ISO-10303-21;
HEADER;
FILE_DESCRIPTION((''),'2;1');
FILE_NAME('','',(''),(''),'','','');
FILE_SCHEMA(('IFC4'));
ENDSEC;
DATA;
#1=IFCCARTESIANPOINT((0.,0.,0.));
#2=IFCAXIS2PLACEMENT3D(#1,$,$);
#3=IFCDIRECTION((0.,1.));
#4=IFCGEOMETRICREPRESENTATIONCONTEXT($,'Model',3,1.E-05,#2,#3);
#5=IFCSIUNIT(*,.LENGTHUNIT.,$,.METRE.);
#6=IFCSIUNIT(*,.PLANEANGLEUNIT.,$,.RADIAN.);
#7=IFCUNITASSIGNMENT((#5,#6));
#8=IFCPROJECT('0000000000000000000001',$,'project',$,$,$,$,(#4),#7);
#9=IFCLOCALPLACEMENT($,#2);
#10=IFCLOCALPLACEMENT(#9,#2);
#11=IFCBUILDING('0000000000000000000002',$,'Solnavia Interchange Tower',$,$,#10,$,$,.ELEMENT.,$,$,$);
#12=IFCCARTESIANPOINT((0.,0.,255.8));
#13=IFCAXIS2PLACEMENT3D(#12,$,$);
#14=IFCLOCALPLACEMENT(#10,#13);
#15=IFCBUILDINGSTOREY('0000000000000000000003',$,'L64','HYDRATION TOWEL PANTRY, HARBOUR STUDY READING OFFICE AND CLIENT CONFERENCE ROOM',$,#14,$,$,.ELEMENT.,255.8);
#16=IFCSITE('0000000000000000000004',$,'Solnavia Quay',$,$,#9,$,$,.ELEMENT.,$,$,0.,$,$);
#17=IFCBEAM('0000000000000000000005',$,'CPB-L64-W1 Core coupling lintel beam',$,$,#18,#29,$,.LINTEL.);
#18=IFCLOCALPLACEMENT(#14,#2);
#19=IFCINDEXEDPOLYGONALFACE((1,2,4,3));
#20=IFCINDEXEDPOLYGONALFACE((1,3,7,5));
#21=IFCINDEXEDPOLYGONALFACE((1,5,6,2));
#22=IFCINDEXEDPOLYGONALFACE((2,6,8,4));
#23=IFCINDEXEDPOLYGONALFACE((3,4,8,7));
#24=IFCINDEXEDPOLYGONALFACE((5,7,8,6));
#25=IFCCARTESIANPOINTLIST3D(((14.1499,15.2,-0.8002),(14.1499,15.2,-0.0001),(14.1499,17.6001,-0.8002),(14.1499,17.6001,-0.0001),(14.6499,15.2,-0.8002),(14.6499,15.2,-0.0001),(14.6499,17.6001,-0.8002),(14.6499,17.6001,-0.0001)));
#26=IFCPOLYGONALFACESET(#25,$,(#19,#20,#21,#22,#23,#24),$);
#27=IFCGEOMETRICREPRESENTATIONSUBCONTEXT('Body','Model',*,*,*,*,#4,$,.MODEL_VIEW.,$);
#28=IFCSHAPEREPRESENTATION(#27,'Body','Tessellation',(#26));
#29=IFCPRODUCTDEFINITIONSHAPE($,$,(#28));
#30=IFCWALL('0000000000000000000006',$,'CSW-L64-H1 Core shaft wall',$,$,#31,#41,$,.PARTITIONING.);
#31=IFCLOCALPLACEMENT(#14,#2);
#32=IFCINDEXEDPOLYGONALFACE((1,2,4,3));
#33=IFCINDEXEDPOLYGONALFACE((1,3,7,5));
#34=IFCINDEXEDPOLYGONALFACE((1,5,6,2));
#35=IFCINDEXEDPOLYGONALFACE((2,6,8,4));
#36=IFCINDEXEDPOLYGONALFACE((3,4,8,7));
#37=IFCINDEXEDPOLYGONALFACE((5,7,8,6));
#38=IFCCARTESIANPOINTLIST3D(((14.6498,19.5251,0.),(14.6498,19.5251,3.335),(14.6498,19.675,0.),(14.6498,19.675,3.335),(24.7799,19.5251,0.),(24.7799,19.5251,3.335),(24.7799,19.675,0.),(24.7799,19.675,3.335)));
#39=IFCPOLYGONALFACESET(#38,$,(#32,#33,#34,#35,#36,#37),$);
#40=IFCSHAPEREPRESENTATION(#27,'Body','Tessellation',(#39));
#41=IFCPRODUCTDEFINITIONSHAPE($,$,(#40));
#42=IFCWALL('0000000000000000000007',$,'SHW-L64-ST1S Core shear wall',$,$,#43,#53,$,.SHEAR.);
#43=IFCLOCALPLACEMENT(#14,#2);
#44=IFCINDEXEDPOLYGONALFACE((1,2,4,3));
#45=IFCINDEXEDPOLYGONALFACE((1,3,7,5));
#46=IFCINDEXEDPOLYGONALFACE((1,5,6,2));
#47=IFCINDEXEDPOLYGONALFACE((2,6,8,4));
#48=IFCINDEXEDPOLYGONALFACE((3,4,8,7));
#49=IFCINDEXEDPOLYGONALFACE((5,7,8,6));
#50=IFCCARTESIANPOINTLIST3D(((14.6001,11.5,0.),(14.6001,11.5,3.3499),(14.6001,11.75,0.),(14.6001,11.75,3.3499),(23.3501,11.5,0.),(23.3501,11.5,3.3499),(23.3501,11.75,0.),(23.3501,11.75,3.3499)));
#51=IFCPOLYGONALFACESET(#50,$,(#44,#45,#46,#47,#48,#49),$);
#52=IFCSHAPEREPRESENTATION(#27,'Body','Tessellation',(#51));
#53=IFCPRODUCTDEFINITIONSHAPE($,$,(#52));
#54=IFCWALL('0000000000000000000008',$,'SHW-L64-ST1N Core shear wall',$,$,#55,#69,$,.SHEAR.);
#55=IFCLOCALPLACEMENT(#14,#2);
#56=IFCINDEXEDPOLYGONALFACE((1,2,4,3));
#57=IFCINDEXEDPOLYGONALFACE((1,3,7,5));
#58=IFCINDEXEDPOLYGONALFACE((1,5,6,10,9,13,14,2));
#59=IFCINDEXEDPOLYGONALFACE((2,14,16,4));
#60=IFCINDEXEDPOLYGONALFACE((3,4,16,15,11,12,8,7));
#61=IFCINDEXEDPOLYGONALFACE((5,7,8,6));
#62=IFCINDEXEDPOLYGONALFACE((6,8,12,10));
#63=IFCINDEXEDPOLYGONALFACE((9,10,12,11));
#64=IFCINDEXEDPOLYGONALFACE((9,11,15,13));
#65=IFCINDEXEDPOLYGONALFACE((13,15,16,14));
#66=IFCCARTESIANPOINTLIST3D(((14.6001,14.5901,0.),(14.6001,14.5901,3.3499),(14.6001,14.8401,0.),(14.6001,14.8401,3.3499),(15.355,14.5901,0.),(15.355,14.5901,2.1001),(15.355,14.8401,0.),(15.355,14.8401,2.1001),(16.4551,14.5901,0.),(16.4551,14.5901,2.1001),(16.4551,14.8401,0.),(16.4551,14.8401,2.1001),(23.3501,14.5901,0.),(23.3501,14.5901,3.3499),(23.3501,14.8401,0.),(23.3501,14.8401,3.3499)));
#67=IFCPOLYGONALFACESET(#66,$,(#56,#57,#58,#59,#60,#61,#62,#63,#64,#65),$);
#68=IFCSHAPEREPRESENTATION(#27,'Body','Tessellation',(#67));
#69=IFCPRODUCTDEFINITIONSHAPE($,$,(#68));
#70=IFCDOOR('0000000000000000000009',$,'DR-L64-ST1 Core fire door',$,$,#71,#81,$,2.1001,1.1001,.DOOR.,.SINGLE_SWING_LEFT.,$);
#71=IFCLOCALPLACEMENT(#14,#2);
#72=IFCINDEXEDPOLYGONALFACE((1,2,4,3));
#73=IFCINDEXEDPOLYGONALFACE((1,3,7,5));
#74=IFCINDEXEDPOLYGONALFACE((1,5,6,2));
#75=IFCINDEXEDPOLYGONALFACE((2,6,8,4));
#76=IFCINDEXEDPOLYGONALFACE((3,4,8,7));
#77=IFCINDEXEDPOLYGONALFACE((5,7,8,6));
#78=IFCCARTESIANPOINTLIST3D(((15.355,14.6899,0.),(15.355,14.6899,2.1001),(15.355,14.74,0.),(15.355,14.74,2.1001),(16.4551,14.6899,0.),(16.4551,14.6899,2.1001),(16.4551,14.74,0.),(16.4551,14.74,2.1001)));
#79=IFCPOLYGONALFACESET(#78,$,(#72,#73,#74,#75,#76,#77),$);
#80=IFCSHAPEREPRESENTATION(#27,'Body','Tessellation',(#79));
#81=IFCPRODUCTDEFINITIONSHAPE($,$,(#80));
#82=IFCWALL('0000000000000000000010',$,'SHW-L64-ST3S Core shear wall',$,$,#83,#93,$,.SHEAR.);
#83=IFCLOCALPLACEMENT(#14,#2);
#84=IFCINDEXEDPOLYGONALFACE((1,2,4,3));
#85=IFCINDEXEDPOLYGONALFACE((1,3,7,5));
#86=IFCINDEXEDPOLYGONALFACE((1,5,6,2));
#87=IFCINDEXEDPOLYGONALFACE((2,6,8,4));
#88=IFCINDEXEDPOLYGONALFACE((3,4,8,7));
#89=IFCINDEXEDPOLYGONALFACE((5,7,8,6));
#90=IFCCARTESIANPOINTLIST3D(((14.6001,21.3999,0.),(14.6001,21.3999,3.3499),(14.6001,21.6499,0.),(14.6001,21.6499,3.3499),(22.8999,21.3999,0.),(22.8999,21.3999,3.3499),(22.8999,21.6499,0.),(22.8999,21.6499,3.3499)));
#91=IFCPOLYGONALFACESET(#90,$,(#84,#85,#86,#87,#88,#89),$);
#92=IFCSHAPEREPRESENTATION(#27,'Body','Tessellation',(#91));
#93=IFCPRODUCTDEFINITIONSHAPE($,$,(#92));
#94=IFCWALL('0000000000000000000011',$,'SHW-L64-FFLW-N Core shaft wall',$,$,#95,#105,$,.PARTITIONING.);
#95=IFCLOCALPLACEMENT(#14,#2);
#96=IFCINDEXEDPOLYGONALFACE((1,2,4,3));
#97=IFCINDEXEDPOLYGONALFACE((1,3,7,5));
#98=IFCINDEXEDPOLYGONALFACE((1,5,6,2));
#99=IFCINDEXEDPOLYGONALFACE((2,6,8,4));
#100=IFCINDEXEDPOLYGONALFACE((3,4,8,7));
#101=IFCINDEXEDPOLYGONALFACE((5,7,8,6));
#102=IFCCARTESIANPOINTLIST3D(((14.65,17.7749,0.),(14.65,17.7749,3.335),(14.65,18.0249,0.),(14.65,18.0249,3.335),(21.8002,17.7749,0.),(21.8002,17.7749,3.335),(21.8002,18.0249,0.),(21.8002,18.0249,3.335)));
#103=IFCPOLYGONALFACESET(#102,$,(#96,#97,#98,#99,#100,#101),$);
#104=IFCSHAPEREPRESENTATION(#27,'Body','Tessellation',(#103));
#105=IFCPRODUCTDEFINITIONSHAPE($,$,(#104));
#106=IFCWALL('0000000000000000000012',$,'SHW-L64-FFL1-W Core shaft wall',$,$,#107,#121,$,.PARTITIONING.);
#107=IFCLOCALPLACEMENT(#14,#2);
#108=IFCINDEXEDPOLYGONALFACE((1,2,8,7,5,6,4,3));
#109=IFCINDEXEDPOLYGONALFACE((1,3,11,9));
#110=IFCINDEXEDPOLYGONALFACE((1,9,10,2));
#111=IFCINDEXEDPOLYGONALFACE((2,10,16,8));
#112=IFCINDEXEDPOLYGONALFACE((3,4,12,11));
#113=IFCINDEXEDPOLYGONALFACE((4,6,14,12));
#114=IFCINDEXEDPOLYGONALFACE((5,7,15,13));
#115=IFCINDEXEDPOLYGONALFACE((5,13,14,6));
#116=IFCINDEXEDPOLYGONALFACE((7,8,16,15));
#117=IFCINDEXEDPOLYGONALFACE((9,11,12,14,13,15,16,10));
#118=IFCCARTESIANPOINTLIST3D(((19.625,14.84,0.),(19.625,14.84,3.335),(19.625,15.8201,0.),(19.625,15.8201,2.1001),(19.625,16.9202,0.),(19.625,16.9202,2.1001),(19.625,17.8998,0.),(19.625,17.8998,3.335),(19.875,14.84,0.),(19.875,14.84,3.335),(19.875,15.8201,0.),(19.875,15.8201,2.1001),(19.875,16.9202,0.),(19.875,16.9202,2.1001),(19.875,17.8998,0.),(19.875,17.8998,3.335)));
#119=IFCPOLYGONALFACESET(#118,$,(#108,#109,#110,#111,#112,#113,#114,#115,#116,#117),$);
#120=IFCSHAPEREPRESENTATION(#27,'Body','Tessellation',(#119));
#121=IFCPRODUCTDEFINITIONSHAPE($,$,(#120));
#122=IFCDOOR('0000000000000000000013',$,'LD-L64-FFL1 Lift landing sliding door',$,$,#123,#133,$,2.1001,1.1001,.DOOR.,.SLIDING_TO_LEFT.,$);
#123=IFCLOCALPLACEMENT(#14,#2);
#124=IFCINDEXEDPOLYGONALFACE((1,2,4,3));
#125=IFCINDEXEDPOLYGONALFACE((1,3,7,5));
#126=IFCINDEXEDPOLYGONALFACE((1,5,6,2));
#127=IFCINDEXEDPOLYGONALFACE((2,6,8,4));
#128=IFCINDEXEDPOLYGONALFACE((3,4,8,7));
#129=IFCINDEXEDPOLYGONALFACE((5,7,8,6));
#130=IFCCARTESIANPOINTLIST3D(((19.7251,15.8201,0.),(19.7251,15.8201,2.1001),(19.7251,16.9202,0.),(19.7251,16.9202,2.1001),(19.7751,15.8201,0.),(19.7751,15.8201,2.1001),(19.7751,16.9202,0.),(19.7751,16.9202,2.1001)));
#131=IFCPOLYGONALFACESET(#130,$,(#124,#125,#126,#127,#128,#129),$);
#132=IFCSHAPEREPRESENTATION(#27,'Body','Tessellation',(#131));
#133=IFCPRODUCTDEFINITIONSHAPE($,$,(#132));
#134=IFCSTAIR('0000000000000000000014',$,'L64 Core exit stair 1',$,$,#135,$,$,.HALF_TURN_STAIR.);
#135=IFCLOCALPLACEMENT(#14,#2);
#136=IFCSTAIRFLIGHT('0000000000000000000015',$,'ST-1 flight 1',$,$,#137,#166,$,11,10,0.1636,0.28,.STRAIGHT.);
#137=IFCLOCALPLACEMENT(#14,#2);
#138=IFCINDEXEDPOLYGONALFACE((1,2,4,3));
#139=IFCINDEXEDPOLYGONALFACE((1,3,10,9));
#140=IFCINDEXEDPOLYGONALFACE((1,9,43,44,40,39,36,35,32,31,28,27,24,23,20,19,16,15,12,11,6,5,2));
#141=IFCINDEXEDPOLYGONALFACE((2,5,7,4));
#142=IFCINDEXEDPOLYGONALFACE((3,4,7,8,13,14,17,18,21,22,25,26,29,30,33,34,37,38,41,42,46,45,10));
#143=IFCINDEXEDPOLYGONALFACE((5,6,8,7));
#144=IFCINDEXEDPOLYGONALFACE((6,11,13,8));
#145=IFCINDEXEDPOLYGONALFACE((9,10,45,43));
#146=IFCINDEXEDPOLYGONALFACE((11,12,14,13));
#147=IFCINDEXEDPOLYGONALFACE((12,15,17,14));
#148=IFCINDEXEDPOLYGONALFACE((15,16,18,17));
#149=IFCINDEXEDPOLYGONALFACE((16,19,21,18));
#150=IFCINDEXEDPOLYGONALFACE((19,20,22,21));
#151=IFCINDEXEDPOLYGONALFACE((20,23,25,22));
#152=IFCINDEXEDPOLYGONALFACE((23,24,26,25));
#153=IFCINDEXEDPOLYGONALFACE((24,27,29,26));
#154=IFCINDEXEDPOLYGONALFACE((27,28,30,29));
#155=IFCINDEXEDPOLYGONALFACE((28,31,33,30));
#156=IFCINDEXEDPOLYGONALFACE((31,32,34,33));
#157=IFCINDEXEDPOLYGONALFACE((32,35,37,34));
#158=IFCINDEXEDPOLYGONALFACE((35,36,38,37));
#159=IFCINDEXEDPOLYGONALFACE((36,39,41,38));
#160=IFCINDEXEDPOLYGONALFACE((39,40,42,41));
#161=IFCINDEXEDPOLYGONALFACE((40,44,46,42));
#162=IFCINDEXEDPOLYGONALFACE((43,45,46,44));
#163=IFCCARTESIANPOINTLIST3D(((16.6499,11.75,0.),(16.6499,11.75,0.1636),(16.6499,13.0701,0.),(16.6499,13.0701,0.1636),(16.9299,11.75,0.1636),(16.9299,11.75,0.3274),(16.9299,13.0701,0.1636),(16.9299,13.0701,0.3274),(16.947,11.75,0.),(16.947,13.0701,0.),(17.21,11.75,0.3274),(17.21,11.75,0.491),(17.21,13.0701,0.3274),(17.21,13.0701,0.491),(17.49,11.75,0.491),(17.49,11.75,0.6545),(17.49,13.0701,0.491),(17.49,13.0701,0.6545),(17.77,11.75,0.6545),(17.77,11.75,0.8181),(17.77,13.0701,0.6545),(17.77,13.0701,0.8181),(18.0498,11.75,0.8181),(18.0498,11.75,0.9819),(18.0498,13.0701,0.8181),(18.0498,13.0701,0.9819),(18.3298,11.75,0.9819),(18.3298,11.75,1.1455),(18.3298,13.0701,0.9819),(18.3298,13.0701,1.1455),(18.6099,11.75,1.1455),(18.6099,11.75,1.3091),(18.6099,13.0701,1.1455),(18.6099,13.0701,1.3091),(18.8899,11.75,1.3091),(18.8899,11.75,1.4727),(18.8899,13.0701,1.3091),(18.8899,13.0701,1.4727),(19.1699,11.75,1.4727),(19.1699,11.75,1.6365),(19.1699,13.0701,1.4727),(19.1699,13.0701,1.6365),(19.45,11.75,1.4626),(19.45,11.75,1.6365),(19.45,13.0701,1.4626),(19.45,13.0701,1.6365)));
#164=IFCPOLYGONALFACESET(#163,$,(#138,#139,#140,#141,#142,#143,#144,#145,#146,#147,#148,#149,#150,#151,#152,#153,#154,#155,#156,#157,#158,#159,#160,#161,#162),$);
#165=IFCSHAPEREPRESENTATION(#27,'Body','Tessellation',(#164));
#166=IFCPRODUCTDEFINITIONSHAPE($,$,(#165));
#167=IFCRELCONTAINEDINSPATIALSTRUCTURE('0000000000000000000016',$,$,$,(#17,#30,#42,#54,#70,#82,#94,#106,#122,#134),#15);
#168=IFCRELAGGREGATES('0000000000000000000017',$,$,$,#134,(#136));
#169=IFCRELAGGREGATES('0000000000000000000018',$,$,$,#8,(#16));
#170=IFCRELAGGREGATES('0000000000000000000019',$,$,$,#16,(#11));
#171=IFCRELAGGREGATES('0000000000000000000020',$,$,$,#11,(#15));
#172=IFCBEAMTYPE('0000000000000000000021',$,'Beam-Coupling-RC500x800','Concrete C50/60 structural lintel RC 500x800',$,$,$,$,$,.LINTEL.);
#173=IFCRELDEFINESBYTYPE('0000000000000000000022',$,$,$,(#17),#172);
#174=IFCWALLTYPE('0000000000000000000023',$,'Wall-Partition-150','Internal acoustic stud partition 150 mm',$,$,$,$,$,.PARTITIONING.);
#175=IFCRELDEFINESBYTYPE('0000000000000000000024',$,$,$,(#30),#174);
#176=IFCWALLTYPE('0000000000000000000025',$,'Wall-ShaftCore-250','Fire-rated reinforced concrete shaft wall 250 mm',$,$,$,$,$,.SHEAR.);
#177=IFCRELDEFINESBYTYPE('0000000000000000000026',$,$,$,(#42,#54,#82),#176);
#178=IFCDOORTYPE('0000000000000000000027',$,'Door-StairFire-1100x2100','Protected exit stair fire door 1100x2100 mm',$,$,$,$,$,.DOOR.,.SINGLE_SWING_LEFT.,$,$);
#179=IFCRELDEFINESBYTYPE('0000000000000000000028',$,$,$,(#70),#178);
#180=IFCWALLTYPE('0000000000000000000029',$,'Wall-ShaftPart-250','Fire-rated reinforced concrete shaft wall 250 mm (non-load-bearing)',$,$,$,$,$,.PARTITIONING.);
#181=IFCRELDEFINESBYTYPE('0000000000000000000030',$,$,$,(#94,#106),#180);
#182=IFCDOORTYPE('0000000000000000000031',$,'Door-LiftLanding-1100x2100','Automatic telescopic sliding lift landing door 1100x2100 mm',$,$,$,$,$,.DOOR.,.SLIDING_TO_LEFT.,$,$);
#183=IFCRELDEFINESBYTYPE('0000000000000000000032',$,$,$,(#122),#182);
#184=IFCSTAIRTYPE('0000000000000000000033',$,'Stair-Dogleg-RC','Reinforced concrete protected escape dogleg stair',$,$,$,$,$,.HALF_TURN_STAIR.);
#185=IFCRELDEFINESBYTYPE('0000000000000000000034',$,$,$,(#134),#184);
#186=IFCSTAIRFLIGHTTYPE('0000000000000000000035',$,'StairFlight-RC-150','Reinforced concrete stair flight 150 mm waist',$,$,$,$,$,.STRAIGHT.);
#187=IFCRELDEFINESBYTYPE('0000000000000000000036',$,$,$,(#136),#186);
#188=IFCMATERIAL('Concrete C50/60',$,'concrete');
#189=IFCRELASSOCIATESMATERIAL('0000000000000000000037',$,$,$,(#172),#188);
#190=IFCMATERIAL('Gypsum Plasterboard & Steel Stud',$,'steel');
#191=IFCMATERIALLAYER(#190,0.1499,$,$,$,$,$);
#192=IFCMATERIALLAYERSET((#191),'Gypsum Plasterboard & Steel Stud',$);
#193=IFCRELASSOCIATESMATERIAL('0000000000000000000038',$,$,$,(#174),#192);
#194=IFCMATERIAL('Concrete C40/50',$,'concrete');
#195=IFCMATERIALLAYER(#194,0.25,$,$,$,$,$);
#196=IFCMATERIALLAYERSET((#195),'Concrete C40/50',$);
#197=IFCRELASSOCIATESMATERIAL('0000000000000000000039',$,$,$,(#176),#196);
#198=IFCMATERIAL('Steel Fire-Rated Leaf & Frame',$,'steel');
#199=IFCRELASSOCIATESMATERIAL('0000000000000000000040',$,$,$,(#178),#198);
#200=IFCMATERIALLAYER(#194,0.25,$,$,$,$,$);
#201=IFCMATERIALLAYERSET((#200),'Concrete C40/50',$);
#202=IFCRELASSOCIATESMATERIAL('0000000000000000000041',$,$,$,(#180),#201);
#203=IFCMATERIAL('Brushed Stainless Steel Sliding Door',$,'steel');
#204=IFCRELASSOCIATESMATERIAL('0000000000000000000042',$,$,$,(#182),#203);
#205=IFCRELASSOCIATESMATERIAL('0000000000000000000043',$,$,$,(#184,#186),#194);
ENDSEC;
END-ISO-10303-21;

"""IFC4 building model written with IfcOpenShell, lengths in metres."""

from ifc_helpers import new_model, si_unit, direction, frame, frame_2d, origin, origin_2d, place, context, subcontext, project, spatial, polyline, rectangle, outline, extrude, material, layer, layer_set, material_profile, profile_set, type_object, element, fill, aggregate, save


model = new_model("IFC4")

# Units and contexts
model_context = context("Model", 3, precision=1e-05, world=origin(), true_north=direction((0.0, 1.0)))
body_context = subcontext(model_context, "Body", "Model", "MODEL_VIEW")
ifc_project = project(units=[si_unit("LENGTHUNIT", "METRE"), si_unit("PLANEANGLEUNIT", "RADIAN")], contexts=[model_context])

# Site, building, storey
site_placement = place(None, origin())
site = spatial("IfcSite", under=ifc_project, at=site_placement, Name="Solnavia Quay", CompositionType="ELEMENT", RefElevation=0.0)
building_placement = place(site_placement, origin())
building = spatial("IfcBuilding", under=site, at=building_placement, Name="Solnavia Interchange Tower", CompositionType="ELEMENT")
storey_placement = place(building_placement, frame((0.0, 0.0, 255.8)))
storey = spatial("IfcBuildingStorey", under=building, at=storey_placement, Name="L64", Description="HYDRATION TOWEL PANTRY, HARBOUR STUDY READING OFFICE AND CLIENT CONFERENCE ROOM", CompositionType="ELEMENT", Elevation=255.8)

# Beam
ifc_material_1 = material(Name="Concrete C50/60", Category="concrete")
ifc_material_profile = material_profile(ifc_material_1, rectangle(XDim=0.5, YDim=0.8, at=origin_2d()), Name="RC 500x800")
ifc_profile_set = profile_set([ifc_material_profile], Name="Concrete C50/60")
beam_type = type_object("IfcBeamType", Name="Beam-Coupling-RC500x800", Description="Concrete C50/60 structural lintel RC 500x800", PredefinedType="LINTEL", material=ifc_profile_set)
beam_placement = place(storey_placement, frame((14.3999, 15.2, -0.4001), z_axis=(0.0, 1.0, 0.0), x_axis=(-1.0, 0.0, 0.0)))
element("IfcBeam", 1, at=beam_placement, inside=storey, type_object=beam_type, Name="CPB-L64-W1 Core coupling lintel beam", PredefinedType="LINTEL", context=body_context, shape_type="SweptSolid", body=[
    extrude(rectangle(XDim=0.5, YDim=0.8, at=origin_2d()), origin(), (0.0, 0.0, 1.0), 2.4001),
])

# Walls
ifc_material_2 = material(Name="Gypsum Plasterboard & Steel Stud", Category="steel")
ifc_layer_1 = layer(ifc_material_2, 0.1499)
ifc_layer_set_1 = layer_set([ifc_layer_1], Name="Gypsum Plasterboard & Steel Stud")
wall_type_1 = type_object("IfcWallType", Name="Wall-Partition-150", Description="Internal acoustic stud partition 150 mm", PredefinedType="PARTITIONING", material=ifc_layer_set_1)
wall_1_placement = place(storey_placement, frame((14.6499, 19.6001, 0.0), z_axis=(0.0, 0.0, 1.0), x_axis=(1.0, 0.0, 0.0)))
element("IfcWall", 2, at=wall_1_placement, inside=storey, type_object=wall_type_1, Name="CSW-L64-H1 Core shaft wall", PredefinedType="PARTITIONING", context=body_context, shape_type="SweptSolid", body=[
    extrude(rectangle(XDim=10.1301, YDim=0.1499, at=frame_2d((5.0649, 0.0))), origin(), (0.0, 0.0, 1.0), 3.335),
])
ifc_material_3 = material(Name="Concrete C40/50", Category="concrete")
ifc_layer_2 = layer(ifc_material_3, 0.25)
ifc_layer_set_2 = layer_set([ifc_layer_2], Name="Concrete C40/50")
wall_type_2 = type_object("IfcWallType", Name="Wall-ShaftCore-250", Description="Fire-rated reinforced concrete shaft wall 250 mm", PredefinedType="SHEAR", material=ifc_layer_set_2)
wall_2_placement = place(storey_placement, frame((14.6001, 11.625, 0.0), z_axis=(0.0, 0.0, 1.0), x_axis=(1.0, 0.0, 0.0)))
element("IfcWall", 3, at=wall_2_placement, inside=storey, type_object=wall_type_2, Name="SHW-L64-ST1S Core shear wall", PredefinedType="SHEAR", context=body_context, shape_type="SweptSolid", body=[
    extrude(rectangle(XDim=8.75, YDim=0.25, at=frame_2d((4.375, 0.0))), origin(), (0.0, 0.0, 1.0), 3.3499),
])

# Wall, opening, door
wall_3_placement = place(storey_placement, frame((14.6001, 14.7151, 0.0), z_axis=(0.0, 0.0, 1.0), x_axis=(1.0, 0.0, 0.0)))
wall_3 = element("IfcWall", 4, at=wall_3_placement, inside=storey, type_object=wall_type_2, Name="SHW-L64-ST1N Core shear wall", PredefinedType="SHEAR", context=body_context, shape_type="SweptSolid", body=[
    extrude(rectangle(XDim=8.75, YDim=0.25, at=frame_2d((4.375, 0.0))), origin(), (0.0, 0.0, 1.0), 3.3499),
])
opening_1_placement = place(wall_3_placement, frame((0.7549, 0.0, 0.0)))
opening_1 = element("IfcOpeningElement", 5, at=opening_1_placement, cuts=wall_3, PredefinedType="OPENING", context=body_context, shape_type="SweptSolid", body=[
    extrude(rectangle(XDim=1.1001, YDim=2.1001, at=frame_2d((0.55, 1.05))), frame((0.0, 0.135, 0.0), z_axis=(0.0, -1.0, 0.0), x_axis=(1.0, 0.0, 0.0)), (0.0, 0.0, 1.0), 0.27),
])
ifc_material_4 = material(Name="Steel Fire-Rated Leaf & Frame", Category="steel")
door_type_1 = type_object("IfcDoorType", Name="Door-StairFire-1100x2100", Description="Protected exit stair fire door 1100x2100 mm", OperationType="SINGLE_SWING_LEFT", PredefinedType="DOOR", material=ifc_material_4)
door_1_placement = place(opening_1_placement, origin())
door_1 = element("IfcDoor", 6, at=door_1_placement, inside=storey, type_object=door_type_1, Name="DR-L64-ST1 Core fire door", OperationType="SINGLE_SWING_LEFT", OverallHeight=2.1001, OverallWidth=1.1001, PredefinedType="DOOR", context=body_context, shape_type="SweptSolid", body=[
    extrude(rectangle(XDim=1.1001, YDim=2.1001, at=frame_2d((0.55, 1.05))), frame((0.0, 0.0249, 0.0), z_axis=(0.0, -1.0, 0.0), x_axis=(1.0, 0.0, 0.0)), (0.0, 0.0, 1.0), 0.05),
])
fill(opening_1, door_1)

# Walls
wall_4_placement = place(storey_placement, frame((14.6001, 21.5249, 0.0), z_axis=(0.0, 0.0, 1.0), x_axis=(1.0, 0.0, 0.0)))
element("IfcWall", 7, at=wall_4_placement, inside=storey, type_object=wall_type_2, Name="SHW-L64-ST3S Core shear wall", PredefinedType="SHEAR", context=body_context, shape_type="SweptSolid", body=[
    extrude(rectangle(XDim=8.2998, YDim=0.25, at=frame_2d((4.1499, 0.0))), origin(), (0.0, 0.0, 1.0), 3.3499),
])
ifc_layer_3 = layer(ifc_material_3, 0.25)
ifc_layer_set_3 = layer_set([ifc_layer_3], Name="Concrete C40/50")
wall_type_3 = type_object("IfcWallType", Name="Wall-ShaftPart-250", Description="Fire-rated reinforced concrete shaft wall 250 mm (non-load-bearing)", PredefinedType="PARTITIONING", material=ifc_layer_set_3)
wall_5_placement = place(storey_placement, frame((14.6499, 17.8999, 0.0), z_axis=(0.0, 0.0, 1.0), x_axis=(1.0, 0.0, 0.0)))
element("IfcWall", 8, at=wall_5_placement, inside=storey, type_object=wall_type_3, Name="SHW-L64-FFLW-N Core shaft wall", PredefinedType="PARTITIONING", context=body_context, shape_type="SweptSolid", body=[
    extrude(rectangle(XDim=7.1501, YDim=0.25, at=frame_2d((3.5752, 0.0))), origin(), (0.0, 0.0, 1.0), 3.335),
])

# Wall, opening, door
wall_6_placement = place(storey_placement, frame((19.75, 14.8401, 0.0), z_axis=(0.0, 0.0, 1.0), x_axis=(0.0, 1.0, 0.0)))
wall_6 = element("IfcWall", 9, at=wall_6_placement, inside=storey, type_object=wall_type_3, Name="SHW-L64-FFL1-W Core shaft wall", PredefinedType="PARTITIONING", context=body_context, shape_type="SweptSolid", body=[
    extrude(rectangle(XDim=3.0598, YDim=0.25, at=frame_2d((1.5298, 0.0))), origin(), (0.0, 0.0, 1.0), 3.335),
])
opening_2_placement = place(wall_6_placement, frame((0.98, 0.0, 0.0)))
opening_2 = element("IfcOpeningElement", 10, at=opening_2_placement, cuts=wall_6, PredefinedType="OPENING", context=body_context, shape_type="SweptSolid", body=[
    extrude(rectangle(XDim=1.1001, YDim=2.1001, at=frame_2d((0.55, 1.05))), frame((0.0, 0.135, 0.0), z_axis=(0.0, -1.0, 0.0), x_axis=(1.0, 0.0, 0.0)), (0.0, 0.0, 1.0), 0.27),
])
ifc_material_5 = material(Name="Brushed Stainless Steel Sliding Door", Category="steel")
door_type_2 = type_object("IfcDoorType", Name="Door-LiftLanding-1100x2100", Description="Automatic telescopic sliding lift landing door 1100x2100 mm", OperationType="SLIDING_TO_LEFT", PredefinedType="DOOR", material=ifc_material_5)
door_2_placement = place(opening_2_placement, origin())
door_2 = element("IfcDoor", 11, at=door_2_placement, inside=storey, type_object=door_type_2, Name="LD-L64-FFL1 Lift landing sliding door", OperationType="SLIDING_TO_LEFT", OverallHeight=2.1001, OverallWidth=1.1001, PredefinedType="DOOR", context=body_context, shape_type="SweptSolid", body=[
    extrude(rectangle(XDim=1.1001, YDim=2.1001, at=frame_2d((0.55, 1.05))), frame((0.0, 0.0249, 0.0), z_axis=(0.0, -1.0, 0.0), x_axis=(1.0, 0.0, 0.0)), (0.0, 0.0, 1.0), 0.05),
])
fill(opening_2, door_2)

# Stair, stair flight
stair_type = type_object("IfcStairType", Name="Stair-Dogleg-RC", Description="Reinforced concrete protected escape dogleg stair", PredefinedType="HALF_TURN_STAIR", material=ifc_material_3)
stair_placement = place(storey_placement, origin())
stair = element("IfcStair", 12, at=stair_placement, inside=storey, type_object=stair_type, Name="L64 Core exit stair 1", PredefinedType="HALF_TURN_STAIR")
stair_flight_type = type_object("IfcStairFlightType", Name="StairFlight-RC-150", Description="Reinforced concrete stair flight 150 mm waist", PredefinedType="STRAIGHT", material=ifc_material_3)
stair_flight_1_placement = place(storey_placement, frame((16.6499, 12.4099, 0.0), z_axis=(0.0, 0.0, 1.0), x_axis=(1.0, 0.0, 0.0)))
stair_flight_1 = element("IfcStairFlight", 13, at=stair_flight_1_placement, type_object=stair_flight_type, Name="ST-1 flight 1", NumberOfRisers=11, NumberOfTreads=10, PredefinedType="STRAIGHT", RiserHeight=0.1636, TreadLength=0.28, context=body_context, shape_type="SweptSolid", body=[
    extrude(outline(polyline([(0.0, 0.0), (0.0, 0.1636), (0.28, 0.1636), (0.28, 0.3274), (0.5601, 0.3274), (0.5601, 0.491), (0.8401, 0.491), (0.8401, 0.6545), (1.1201, 0.6545), (1.1201, 0.8181), (1.3999, 0.8181), (1.3999, 0.9819), (1.6799, 0.9819), (1.6799, 1.1455), (1.96, 1.1455), (1.96, 1.3091), (2.24, 1.3091), (2.24, 1.4727), (2.52, 1.4727), (2.52, 1.6365), (2.8, 1.6365), (2.8, 1.8), (2.8, 1.4626), (0.2971, 0.0), (0.0, 0.0)])), frame((0.0, 0.6602, 0.0), z_axis=(0.0, -1.0, 0.0), x_axis=(1.0, 0.0, 0.0)), (0.0, 0.0, 1.0), 1.3201),
])
aggregate(stair, [stair_flight_1])

save(model, "model.ifc")
